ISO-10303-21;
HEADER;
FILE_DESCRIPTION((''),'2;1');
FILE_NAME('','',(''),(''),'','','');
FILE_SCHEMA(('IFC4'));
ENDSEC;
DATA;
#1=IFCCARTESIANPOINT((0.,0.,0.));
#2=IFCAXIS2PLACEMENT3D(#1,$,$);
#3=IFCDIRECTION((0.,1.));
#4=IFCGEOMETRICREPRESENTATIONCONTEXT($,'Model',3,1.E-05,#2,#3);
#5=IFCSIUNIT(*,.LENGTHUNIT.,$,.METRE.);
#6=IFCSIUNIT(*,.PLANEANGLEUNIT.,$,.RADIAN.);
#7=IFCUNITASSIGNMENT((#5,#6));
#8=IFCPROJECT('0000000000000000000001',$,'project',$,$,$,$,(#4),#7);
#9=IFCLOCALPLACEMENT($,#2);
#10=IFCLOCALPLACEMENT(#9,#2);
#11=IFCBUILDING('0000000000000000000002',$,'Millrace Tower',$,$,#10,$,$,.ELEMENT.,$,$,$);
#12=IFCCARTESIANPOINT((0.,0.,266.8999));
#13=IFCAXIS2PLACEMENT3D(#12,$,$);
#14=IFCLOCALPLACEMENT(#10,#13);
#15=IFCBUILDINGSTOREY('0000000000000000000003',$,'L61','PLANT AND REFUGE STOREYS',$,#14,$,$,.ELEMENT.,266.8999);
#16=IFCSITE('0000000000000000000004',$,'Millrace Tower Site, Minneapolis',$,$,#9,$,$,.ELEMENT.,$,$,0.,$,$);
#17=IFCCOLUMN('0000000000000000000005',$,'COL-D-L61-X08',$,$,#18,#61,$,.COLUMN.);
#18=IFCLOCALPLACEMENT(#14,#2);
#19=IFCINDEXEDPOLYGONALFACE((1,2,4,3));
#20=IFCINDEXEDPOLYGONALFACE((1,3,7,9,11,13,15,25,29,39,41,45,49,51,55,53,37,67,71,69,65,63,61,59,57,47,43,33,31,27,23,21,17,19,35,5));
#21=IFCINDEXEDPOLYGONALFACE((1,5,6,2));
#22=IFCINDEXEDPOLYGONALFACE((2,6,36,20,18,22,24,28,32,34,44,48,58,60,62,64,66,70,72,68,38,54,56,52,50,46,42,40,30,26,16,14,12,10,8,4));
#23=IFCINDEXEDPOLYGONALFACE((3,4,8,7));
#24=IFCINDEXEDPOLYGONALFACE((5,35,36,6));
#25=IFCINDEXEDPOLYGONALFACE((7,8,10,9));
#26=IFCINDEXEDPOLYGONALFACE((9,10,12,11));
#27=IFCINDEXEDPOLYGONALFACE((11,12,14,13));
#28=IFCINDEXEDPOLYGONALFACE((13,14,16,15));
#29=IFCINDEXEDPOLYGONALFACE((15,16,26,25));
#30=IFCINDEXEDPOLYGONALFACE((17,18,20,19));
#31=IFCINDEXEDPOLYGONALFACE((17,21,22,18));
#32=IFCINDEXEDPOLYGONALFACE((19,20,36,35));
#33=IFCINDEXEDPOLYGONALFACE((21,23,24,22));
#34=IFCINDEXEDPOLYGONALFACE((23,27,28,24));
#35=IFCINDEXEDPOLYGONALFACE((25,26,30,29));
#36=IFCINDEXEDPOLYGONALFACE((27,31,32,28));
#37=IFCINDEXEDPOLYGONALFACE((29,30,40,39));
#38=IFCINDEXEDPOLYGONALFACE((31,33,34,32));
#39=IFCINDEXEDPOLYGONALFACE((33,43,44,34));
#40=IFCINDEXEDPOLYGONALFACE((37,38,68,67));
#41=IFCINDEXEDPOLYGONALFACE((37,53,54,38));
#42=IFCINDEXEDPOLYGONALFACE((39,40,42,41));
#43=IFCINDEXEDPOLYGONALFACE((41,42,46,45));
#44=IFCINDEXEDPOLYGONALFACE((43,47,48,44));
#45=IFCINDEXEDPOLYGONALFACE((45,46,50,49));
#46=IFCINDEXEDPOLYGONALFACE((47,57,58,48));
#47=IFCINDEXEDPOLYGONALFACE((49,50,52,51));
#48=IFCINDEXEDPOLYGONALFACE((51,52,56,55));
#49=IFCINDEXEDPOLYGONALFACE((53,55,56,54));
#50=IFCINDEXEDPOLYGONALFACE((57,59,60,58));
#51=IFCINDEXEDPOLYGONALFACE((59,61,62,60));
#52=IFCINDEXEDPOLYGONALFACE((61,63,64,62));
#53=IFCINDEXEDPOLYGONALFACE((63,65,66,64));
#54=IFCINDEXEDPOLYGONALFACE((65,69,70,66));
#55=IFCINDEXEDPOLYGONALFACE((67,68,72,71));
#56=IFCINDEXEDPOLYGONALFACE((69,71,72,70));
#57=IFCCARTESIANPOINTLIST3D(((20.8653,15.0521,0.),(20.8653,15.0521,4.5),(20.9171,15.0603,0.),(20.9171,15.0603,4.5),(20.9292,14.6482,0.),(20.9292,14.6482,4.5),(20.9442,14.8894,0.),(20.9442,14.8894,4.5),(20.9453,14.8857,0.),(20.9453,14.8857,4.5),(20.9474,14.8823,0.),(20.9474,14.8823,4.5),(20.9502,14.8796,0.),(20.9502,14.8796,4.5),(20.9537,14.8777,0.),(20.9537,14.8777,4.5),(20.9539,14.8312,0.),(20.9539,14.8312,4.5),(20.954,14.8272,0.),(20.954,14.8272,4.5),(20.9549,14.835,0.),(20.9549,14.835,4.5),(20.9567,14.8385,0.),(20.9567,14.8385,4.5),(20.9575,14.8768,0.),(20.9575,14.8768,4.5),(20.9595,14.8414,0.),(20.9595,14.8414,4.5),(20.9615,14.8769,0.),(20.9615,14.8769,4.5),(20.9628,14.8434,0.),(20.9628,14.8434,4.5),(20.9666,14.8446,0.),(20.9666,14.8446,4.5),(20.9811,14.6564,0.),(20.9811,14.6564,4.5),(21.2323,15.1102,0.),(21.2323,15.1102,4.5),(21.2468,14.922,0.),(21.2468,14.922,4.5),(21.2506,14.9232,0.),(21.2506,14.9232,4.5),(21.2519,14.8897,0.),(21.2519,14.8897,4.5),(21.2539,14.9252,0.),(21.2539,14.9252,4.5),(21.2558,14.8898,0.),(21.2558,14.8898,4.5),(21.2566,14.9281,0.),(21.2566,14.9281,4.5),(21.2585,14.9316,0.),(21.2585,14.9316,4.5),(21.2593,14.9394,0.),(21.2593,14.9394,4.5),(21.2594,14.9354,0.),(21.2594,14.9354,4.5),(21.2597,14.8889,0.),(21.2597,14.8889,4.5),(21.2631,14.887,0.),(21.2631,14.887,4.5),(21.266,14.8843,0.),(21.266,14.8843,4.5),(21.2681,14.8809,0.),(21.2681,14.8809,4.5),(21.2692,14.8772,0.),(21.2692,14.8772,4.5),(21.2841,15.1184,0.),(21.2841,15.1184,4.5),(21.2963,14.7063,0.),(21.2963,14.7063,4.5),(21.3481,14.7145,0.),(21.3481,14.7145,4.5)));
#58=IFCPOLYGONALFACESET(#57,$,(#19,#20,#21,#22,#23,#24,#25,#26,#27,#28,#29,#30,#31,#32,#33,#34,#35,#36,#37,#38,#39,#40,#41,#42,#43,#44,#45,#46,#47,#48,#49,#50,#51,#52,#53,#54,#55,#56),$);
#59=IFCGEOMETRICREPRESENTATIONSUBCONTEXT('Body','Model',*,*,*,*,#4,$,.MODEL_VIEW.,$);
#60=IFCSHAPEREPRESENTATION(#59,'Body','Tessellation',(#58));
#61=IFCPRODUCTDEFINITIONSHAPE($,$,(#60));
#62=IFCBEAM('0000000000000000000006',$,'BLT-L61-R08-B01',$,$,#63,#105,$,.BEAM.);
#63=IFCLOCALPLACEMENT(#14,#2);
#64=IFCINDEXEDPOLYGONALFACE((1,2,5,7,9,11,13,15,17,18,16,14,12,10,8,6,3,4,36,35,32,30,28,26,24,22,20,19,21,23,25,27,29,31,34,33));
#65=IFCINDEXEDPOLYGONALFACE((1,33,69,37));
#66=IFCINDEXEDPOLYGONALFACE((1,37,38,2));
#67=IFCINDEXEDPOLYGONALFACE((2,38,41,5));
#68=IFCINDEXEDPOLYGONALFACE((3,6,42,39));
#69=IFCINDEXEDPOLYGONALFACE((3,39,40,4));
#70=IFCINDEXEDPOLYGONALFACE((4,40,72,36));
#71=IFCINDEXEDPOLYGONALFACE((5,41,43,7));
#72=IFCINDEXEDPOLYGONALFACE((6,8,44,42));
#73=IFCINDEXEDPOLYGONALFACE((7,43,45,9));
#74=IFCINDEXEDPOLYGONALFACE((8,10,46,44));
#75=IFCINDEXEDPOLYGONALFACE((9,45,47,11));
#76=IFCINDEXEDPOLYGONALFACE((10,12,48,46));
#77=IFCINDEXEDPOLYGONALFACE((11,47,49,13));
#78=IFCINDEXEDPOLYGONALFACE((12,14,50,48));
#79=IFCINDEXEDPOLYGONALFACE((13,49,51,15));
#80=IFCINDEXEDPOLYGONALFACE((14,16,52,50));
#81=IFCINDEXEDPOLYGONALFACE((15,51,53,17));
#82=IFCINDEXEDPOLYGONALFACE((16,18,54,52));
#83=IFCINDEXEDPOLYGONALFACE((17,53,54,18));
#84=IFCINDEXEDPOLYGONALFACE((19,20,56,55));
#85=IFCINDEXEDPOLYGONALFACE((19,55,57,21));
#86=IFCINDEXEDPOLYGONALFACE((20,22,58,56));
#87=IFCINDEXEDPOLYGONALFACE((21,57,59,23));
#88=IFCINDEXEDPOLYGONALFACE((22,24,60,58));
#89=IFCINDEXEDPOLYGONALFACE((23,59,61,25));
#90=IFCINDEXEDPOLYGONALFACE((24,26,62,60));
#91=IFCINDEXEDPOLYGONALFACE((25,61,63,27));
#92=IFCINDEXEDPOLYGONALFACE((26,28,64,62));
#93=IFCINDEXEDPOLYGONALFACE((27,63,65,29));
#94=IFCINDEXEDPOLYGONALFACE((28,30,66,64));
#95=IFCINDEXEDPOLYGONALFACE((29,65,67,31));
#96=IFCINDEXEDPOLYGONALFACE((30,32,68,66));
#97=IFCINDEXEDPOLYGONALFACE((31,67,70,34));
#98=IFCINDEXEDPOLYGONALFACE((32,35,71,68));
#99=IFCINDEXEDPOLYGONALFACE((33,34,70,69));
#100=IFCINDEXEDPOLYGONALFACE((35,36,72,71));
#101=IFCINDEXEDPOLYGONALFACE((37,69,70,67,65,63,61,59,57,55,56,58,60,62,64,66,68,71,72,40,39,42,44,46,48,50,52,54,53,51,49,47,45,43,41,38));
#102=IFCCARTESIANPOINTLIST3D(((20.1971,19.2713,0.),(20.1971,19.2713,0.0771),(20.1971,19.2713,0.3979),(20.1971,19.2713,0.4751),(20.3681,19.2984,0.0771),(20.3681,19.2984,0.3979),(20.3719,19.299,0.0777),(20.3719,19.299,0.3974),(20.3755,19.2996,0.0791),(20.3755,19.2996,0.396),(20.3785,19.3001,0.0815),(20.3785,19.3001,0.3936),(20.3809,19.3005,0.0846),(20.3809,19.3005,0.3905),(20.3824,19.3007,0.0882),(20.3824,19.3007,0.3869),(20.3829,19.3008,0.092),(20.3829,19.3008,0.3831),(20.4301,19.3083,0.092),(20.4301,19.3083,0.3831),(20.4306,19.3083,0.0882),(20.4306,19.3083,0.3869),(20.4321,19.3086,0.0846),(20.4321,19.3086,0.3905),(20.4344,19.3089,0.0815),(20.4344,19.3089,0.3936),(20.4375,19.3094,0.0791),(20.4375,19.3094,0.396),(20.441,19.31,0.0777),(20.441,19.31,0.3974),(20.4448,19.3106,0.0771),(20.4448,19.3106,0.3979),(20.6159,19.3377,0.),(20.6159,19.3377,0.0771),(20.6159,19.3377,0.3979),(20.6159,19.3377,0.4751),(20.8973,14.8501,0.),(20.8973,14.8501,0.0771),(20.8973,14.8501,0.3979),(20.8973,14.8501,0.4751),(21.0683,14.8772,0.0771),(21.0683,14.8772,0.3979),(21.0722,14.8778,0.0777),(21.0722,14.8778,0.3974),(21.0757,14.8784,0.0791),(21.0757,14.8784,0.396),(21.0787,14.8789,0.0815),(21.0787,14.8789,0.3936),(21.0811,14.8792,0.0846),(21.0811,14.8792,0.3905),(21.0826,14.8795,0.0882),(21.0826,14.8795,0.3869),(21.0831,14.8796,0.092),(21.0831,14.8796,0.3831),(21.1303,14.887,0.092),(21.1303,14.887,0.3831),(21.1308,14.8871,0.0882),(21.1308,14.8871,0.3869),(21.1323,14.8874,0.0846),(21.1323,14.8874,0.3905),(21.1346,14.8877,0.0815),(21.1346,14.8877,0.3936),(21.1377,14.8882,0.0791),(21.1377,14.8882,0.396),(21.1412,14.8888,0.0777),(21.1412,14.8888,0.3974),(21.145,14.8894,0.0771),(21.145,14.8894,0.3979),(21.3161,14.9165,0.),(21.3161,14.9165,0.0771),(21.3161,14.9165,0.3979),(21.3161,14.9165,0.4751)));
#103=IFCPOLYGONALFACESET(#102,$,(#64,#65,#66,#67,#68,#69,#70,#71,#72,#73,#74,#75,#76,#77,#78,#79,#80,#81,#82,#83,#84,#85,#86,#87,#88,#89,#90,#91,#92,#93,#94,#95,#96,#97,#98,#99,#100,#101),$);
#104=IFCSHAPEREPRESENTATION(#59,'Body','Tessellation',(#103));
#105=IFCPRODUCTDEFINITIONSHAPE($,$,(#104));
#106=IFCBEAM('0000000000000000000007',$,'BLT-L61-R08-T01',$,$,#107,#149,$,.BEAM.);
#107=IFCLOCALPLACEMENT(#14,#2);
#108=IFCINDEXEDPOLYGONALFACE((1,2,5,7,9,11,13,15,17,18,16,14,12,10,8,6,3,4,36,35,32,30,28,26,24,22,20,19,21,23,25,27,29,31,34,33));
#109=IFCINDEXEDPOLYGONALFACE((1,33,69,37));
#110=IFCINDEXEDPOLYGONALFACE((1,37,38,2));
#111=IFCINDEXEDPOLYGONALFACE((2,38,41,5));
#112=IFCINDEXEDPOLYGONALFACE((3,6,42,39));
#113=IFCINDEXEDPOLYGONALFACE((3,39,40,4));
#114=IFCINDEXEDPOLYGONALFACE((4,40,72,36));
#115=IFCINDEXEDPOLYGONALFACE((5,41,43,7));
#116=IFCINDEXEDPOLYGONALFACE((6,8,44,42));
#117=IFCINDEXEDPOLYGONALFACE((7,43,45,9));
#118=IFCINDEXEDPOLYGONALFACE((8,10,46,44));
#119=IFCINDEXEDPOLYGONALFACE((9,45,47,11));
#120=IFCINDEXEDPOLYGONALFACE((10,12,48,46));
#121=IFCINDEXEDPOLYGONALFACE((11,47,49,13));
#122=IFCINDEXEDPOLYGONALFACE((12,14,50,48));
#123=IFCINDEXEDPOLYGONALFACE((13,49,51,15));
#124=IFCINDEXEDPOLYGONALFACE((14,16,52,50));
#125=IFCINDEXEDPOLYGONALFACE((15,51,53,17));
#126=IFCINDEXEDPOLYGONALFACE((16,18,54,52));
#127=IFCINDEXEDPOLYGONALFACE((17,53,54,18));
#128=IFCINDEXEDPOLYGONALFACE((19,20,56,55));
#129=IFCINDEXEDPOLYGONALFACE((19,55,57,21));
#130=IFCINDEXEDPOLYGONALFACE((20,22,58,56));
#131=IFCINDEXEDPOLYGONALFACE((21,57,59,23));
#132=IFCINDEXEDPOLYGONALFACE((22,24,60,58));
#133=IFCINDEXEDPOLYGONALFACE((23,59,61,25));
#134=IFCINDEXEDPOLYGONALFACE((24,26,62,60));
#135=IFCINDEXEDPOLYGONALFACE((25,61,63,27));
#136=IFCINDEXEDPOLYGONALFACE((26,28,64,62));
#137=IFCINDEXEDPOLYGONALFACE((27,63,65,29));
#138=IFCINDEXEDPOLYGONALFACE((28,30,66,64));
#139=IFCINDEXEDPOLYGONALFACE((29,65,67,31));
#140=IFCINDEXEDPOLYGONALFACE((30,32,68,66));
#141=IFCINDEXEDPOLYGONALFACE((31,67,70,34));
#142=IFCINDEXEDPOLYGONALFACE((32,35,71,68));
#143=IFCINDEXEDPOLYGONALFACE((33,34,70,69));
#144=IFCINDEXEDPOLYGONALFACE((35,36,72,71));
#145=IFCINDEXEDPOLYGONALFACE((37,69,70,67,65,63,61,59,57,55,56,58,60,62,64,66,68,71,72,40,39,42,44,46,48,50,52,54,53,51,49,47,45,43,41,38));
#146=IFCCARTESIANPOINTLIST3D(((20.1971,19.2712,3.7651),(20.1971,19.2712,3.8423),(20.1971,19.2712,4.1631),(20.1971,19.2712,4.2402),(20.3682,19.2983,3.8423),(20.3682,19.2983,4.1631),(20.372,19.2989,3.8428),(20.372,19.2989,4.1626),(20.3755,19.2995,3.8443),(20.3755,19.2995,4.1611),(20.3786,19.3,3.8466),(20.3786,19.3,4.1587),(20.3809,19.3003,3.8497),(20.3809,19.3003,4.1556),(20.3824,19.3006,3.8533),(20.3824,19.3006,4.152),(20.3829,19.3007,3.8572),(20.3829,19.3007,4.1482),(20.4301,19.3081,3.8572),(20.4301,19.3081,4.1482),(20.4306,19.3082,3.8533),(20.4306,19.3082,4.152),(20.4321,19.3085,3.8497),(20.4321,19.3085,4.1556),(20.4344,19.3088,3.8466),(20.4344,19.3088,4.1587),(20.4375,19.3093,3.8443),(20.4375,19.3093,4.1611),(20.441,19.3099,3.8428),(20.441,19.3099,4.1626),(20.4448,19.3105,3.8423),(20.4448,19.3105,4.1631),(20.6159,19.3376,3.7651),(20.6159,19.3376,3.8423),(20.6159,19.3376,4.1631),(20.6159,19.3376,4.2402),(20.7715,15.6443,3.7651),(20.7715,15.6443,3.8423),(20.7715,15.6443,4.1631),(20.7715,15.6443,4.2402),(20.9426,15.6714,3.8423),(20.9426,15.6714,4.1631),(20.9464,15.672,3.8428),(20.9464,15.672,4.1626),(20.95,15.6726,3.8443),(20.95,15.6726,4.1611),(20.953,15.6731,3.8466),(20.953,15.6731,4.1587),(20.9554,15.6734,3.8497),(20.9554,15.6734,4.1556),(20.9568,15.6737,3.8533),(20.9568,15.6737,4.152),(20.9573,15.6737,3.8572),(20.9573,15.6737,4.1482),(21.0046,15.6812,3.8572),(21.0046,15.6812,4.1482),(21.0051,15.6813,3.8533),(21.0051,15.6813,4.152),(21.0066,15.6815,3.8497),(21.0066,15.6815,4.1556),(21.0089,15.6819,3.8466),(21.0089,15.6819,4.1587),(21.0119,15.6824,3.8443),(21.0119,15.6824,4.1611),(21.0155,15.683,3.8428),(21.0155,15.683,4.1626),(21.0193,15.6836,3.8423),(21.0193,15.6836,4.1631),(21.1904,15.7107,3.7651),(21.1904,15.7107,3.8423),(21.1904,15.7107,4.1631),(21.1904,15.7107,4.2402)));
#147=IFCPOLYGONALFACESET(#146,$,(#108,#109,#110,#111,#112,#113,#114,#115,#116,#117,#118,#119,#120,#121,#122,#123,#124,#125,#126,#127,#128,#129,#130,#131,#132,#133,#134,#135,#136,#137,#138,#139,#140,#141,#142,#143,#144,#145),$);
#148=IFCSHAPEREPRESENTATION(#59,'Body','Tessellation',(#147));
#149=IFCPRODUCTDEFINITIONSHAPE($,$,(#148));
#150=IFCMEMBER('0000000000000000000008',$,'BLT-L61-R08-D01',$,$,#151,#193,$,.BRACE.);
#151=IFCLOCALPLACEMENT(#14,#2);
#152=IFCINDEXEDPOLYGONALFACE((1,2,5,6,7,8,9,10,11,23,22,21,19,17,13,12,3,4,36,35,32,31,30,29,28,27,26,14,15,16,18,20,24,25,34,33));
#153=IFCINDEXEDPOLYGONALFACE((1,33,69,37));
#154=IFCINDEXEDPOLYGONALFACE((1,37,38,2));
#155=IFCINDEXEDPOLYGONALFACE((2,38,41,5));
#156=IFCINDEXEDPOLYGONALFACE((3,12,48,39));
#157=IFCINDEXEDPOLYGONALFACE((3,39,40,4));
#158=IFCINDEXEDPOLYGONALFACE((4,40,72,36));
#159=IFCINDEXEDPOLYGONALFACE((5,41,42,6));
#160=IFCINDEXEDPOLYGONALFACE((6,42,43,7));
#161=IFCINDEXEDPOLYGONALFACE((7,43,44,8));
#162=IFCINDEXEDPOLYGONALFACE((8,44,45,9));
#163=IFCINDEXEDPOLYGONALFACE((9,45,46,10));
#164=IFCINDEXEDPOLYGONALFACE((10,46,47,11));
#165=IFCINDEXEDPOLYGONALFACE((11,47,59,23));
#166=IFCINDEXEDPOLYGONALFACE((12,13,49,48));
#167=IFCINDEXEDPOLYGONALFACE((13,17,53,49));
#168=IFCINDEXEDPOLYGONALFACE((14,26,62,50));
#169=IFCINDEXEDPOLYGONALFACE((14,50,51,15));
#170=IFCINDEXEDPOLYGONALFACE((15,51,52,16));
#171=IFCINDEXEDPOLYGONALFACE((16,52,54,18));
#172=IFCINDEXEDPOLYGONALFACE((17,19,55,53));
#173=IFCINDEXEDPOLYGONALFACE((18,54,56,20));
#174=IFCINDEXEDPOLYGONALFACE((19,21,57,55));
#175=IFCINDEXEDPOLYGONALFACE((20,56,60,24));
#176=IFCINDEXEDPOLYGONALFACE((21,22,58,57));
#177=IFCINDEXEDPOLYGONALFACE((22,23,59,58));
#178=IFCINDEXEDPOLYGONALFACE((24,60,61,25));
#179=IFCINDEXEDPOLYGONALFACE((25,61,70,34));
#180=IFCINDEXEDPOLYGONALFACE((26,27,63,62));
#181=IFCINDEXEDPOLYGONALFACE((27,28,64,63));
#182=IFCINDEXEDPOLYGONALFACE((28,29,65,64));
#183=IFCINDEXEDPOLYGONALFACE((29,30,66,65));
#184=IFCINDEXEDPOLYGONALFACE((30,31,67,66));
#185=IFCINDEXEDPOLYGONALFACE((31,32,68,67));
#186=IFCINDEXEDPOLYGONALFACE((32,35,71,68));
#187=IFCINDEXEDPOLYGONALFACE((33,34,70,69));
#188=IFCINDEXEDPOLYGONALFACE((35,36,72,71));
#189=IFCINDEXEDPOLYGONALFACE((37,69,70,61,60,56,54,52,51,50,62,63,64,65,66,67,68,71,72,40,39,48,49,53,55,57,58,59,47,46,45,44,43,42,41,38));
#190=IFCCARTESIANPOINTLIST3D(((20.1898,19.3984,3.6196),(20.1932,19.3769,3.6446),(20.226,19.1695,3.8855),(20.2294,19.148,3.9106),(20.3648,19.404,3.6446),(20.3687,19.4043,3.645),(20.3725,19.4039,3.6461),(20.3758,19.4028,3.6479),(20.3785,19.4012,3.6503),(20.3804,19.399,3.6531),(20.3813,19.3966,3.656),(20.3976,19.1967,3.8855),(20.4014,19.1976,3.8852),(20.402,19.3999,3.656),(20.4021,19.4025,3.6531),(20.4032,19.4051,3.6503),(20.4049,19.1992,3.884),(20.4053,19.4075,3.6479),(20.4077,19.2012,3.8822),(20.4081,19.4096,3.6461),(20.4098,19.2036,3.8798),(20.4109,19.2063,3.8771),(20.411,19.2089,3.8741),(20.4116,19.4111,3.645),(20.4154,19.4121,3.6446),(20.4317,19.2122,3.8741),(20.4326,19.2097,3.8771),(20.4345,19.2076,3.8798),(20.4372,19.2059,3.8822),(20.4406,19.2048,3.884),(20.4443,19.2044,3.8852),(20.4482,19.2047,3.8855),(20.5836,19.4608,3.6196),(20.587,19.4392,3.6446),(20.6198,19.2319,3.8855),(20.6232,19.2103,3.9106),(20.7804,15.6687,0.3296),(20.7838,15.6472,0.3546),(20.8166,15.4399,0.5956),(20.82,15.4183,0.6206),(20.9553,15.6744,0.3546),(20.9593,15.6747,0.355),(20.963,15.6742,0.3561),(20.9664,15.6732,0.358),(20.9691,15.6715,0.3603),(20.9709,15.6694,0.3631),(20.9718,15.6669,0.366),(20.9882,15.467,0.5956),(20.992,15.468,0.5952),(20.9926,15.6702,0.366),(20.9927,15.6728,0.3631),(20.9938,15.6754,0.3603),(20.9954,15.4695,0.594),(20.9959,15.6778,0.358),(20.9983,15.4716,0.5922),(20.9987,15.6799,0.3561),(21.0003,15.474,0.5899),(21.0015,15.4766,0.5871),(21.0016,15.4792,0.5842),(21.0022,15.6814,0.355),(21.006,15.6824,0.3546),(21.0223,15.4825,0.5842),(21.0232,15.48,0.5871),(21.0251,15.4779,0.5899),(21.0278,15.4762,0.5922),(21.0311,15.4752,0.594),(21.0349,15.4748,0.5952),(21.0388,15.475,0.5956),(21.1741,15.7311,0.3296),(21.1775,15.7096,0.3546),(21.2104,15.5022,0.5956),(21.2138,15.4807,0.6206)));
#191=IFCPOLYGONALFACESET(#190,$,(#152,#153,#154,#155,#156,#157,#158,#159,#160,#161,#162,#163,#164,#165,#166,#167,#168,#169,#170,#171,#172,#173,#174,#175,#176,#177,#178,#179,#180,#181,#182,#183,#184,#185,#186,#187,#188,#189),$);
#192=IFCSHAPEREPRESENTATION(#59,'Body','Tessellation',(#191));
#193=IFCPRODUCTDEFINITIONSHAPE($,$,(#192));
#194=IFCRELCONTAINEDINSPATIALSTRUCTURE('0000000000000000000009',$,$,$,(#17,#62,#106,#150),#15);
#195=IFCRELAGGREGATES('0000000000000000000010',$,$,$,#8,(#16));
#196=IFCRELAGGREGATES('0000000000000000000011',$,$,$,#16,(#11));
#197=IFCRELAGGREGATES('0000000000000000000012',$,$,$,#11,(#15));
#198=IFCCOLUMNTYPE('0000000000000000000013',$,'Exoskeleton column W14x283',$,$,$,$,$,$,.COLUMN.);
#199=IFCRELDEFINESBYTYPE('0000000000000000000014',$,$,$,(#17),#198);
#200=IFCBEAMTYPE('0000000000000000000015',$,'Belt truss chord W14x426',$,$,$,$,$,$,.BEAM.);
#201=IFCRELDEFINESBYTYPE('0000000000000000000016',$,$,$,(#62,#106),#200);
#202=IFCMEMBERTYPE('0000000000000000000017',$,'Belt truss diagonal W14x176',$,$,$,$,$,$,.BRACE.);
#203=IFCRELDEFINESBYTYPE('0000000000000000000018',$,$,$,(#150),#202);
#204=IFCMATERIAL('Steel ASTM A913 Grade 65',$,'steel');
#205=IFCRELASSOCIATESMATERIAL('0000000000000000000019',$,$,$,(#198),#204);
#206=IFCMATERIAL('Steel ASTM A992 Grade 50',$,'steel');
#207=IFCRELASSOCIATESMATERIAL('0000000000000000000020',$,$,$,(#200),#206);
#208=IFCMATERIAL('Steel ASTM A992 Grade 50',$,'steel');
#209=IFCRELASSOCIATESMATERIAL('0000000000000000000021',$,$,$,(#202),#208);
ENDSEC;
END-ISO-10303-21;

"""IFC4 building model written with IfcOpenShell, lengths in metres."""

from ifc_helpers import new_model, si_unit, direction, frame, origin, origin_2d, place, context, subcontext, project, spatial, i_section, extrude, material, material_profile, profile_set, type_object, element, save


model = new_model("IFC4")

# Units and contexts
model_context = context("Model", 3, precision=1e-05, world=origin(), true_north=direction((0.0, 1.0)))
body_context = subcontext(model_context, "Body", "Model", "MODEL_VIEW")
ifc_project = project(units=[si_unit("LENGTHUNIT", "METRE"), si_unit("PLANEANGLEUNIT", "RADIAN")], contexts=[model_context])

# Site, building, storey
site_placement = place(None, origin())
site = spatial("IfcSite", under=ifc_project, at=site_placement, Name="Millrace Tower Site, Minneapolis", CompositionType="ELEMENT", RefElevation=0.0)
building_placement = place(site_placement, origin())
building = spatial("IfcBuilding", under=site, at=building_placement, Name="Millrace Tower", CompositionType="ELEMENT")
storey_placement = place(building_placement, frame((0.0, 0.0, 266.8999)))
storey = spatial("IfcBuildingStorey", under=building, at=storey_placement, Name="L61", Description="PLANT AND REFUGE STOREYS", CompositionType="ELEMENT", Elevation=266.8999)

# Column
ifc_material_1 = material(Name="Steel ASTM A913 Grade 65", Category="steel")
ifc_material_profile_1 = material_profile(ifc_material_1, i_section(OverallWidth=0.4089, OverallDepth=0.4241, WebThickness=0.0327, FlangeThickness=0.0525, FilletRadius=0.0151, at=origin_2d()))
ifc_profile_set_1 = profile_set([ifc_material_profile_1], Name="Steel ASTM A913 Grade 65")
column_type = type_object("IfcColumnType", Name="Exoskeleton column W14x283", PredefinedType="COLUMN", material=ifc_profile_set_1)
column_placement = place(storey_placement, frame((21.1067, 14.8833, 0.0), z_axis=(0.0, 0.0, 1.0), x_axis=(-0.156434, 0.987688, 0.0)))
element("IfcColumn", 1, at=column_placement, inside=storey, type_object=column_type, Name="COL-D-L61-X08", PredefinedType="COLUMN", context=body_context, shape_type="SweptSolid", body=[
    extrude(i_section(OverallWidth=0.4089, OverallDepth=0.4241, WebThickness=0.0327, FlangeThickness=0.0525, FilletRadius=0.0151, at=origin_2d()), origin(), (0.0, 0.0, 1.0), 4.5),
])

# Beams
ifc_material_2 = material(Name="Steel ASTM A992 Grade 50", Category="steel")
ifc_material_profile_2 = material_profile(ifc_material_2, i_section(OverallWidth=0.4241, OverallDepth=0.4751, WebThickness=0.0479, FlangeThickness=0.0771, FilletRadius=0.0149, at=origin_2d()))
ifc_profile_set_2 = profile_set([ifc_material_profile_2], Name="Steel ASTM A992 Grade 50")
beam_type_1 = type_object("IfcBeamType", Name="Belt truss chord W14x426", PredefinedType="BEAM", material=ifc_profile_set_2)
beam_1_placement = place(storey_placement, frame((21.1067, 14.8833, 0.2375), z_axis=(-0.156425, 0.98769, 0.0), x_axis=(-0.98769, -0.156425, 0.0)))
element("IfcBeam", 2, at=beam_1_placement, inside=storey, type_object=beam_type_1, Name="BLT-L61-R08-B01", PredefinedType="BEAM", context=body_context, shape_type="SweptSolid", body=[
    extrude(i_section(OverallWidth=0.4241, OverallDepth=0.4751, WebThickness=0.0479, FlangeThickness=0.0771, FilletRadius=0.0149, at=origin_2d()), origin(), (0.0, 0.0, 1.0), 4.4763),
])
beam_2_placement = place(storey_placement, frame((20.981, 15.6775, 4.0027), z_axis=(-0.156437, 0.987688, 0.0), x_axis=(-0.987688, -0.156437, 0.0)))
element("IfcBeam", 3, at=beam_2_placement, inside=storey, type_object=beam_type_1, Name="BLT-L61-R08-T01", PredefinedType="BEAM", context=body_context, shape_type="SweptSolid", body=[
    extrude(i_section(OverallWidth=0.4241, OverallDepth=0.4751, WebThickness=0.0479, FlangeThickness=0.0771, FilletRadius=0.0149, at=origin_2d()), origin(), (0.0, 0.0, 1.0), 3.6721),
])

# Member
ifc_material_3 = material(Name="Steel ASTM A992 Grade 50", Category="steel")
ifc_material_profile_3 = material_profile(ifc_material_3, i_section(OverallWidth=0.3987, OverallDepth=0.386, WebThickness=0.021, FlangeThickness=0.0332, FilletRadius=0.0151, at=origin_2d()))
ifc_profile_set_3 = profile_set([ifc_material_profile_3], Name="Steel ASTM A992 Grade 50")
member_type_1 = type_object("IfcMemberType", Name="Belt truss diagonal W14x176", PredefinedType="BRACE", material=ifc_profile_set_3)
member_1_placement = place(storey_placement, frame((20.9971, 15.5747, 0.4751), z_axis=(-0.117917, 0.744696, 0.656904), x_axis=(-0.987695, -0.156394, 0.0)))
element("IfcMember", 4, at=member_1_placement, inside=storey, type_object=member_type_1, Name="BLT-L61-R08-D01", PredefinedType="BRACE", context=body_context, shape_type="SweptSolid", body=[
    extrude(i_section(OverallWidth=0.3987, OverallDepth=0.386, WebThickness=0.021, FlangeThickness=0.0332, FilletRadius=0.0151, at=origin_2d()), origin(), (0.0, 0.0, 1.0), 5.0083),
])

save(model, "model.ifc")
